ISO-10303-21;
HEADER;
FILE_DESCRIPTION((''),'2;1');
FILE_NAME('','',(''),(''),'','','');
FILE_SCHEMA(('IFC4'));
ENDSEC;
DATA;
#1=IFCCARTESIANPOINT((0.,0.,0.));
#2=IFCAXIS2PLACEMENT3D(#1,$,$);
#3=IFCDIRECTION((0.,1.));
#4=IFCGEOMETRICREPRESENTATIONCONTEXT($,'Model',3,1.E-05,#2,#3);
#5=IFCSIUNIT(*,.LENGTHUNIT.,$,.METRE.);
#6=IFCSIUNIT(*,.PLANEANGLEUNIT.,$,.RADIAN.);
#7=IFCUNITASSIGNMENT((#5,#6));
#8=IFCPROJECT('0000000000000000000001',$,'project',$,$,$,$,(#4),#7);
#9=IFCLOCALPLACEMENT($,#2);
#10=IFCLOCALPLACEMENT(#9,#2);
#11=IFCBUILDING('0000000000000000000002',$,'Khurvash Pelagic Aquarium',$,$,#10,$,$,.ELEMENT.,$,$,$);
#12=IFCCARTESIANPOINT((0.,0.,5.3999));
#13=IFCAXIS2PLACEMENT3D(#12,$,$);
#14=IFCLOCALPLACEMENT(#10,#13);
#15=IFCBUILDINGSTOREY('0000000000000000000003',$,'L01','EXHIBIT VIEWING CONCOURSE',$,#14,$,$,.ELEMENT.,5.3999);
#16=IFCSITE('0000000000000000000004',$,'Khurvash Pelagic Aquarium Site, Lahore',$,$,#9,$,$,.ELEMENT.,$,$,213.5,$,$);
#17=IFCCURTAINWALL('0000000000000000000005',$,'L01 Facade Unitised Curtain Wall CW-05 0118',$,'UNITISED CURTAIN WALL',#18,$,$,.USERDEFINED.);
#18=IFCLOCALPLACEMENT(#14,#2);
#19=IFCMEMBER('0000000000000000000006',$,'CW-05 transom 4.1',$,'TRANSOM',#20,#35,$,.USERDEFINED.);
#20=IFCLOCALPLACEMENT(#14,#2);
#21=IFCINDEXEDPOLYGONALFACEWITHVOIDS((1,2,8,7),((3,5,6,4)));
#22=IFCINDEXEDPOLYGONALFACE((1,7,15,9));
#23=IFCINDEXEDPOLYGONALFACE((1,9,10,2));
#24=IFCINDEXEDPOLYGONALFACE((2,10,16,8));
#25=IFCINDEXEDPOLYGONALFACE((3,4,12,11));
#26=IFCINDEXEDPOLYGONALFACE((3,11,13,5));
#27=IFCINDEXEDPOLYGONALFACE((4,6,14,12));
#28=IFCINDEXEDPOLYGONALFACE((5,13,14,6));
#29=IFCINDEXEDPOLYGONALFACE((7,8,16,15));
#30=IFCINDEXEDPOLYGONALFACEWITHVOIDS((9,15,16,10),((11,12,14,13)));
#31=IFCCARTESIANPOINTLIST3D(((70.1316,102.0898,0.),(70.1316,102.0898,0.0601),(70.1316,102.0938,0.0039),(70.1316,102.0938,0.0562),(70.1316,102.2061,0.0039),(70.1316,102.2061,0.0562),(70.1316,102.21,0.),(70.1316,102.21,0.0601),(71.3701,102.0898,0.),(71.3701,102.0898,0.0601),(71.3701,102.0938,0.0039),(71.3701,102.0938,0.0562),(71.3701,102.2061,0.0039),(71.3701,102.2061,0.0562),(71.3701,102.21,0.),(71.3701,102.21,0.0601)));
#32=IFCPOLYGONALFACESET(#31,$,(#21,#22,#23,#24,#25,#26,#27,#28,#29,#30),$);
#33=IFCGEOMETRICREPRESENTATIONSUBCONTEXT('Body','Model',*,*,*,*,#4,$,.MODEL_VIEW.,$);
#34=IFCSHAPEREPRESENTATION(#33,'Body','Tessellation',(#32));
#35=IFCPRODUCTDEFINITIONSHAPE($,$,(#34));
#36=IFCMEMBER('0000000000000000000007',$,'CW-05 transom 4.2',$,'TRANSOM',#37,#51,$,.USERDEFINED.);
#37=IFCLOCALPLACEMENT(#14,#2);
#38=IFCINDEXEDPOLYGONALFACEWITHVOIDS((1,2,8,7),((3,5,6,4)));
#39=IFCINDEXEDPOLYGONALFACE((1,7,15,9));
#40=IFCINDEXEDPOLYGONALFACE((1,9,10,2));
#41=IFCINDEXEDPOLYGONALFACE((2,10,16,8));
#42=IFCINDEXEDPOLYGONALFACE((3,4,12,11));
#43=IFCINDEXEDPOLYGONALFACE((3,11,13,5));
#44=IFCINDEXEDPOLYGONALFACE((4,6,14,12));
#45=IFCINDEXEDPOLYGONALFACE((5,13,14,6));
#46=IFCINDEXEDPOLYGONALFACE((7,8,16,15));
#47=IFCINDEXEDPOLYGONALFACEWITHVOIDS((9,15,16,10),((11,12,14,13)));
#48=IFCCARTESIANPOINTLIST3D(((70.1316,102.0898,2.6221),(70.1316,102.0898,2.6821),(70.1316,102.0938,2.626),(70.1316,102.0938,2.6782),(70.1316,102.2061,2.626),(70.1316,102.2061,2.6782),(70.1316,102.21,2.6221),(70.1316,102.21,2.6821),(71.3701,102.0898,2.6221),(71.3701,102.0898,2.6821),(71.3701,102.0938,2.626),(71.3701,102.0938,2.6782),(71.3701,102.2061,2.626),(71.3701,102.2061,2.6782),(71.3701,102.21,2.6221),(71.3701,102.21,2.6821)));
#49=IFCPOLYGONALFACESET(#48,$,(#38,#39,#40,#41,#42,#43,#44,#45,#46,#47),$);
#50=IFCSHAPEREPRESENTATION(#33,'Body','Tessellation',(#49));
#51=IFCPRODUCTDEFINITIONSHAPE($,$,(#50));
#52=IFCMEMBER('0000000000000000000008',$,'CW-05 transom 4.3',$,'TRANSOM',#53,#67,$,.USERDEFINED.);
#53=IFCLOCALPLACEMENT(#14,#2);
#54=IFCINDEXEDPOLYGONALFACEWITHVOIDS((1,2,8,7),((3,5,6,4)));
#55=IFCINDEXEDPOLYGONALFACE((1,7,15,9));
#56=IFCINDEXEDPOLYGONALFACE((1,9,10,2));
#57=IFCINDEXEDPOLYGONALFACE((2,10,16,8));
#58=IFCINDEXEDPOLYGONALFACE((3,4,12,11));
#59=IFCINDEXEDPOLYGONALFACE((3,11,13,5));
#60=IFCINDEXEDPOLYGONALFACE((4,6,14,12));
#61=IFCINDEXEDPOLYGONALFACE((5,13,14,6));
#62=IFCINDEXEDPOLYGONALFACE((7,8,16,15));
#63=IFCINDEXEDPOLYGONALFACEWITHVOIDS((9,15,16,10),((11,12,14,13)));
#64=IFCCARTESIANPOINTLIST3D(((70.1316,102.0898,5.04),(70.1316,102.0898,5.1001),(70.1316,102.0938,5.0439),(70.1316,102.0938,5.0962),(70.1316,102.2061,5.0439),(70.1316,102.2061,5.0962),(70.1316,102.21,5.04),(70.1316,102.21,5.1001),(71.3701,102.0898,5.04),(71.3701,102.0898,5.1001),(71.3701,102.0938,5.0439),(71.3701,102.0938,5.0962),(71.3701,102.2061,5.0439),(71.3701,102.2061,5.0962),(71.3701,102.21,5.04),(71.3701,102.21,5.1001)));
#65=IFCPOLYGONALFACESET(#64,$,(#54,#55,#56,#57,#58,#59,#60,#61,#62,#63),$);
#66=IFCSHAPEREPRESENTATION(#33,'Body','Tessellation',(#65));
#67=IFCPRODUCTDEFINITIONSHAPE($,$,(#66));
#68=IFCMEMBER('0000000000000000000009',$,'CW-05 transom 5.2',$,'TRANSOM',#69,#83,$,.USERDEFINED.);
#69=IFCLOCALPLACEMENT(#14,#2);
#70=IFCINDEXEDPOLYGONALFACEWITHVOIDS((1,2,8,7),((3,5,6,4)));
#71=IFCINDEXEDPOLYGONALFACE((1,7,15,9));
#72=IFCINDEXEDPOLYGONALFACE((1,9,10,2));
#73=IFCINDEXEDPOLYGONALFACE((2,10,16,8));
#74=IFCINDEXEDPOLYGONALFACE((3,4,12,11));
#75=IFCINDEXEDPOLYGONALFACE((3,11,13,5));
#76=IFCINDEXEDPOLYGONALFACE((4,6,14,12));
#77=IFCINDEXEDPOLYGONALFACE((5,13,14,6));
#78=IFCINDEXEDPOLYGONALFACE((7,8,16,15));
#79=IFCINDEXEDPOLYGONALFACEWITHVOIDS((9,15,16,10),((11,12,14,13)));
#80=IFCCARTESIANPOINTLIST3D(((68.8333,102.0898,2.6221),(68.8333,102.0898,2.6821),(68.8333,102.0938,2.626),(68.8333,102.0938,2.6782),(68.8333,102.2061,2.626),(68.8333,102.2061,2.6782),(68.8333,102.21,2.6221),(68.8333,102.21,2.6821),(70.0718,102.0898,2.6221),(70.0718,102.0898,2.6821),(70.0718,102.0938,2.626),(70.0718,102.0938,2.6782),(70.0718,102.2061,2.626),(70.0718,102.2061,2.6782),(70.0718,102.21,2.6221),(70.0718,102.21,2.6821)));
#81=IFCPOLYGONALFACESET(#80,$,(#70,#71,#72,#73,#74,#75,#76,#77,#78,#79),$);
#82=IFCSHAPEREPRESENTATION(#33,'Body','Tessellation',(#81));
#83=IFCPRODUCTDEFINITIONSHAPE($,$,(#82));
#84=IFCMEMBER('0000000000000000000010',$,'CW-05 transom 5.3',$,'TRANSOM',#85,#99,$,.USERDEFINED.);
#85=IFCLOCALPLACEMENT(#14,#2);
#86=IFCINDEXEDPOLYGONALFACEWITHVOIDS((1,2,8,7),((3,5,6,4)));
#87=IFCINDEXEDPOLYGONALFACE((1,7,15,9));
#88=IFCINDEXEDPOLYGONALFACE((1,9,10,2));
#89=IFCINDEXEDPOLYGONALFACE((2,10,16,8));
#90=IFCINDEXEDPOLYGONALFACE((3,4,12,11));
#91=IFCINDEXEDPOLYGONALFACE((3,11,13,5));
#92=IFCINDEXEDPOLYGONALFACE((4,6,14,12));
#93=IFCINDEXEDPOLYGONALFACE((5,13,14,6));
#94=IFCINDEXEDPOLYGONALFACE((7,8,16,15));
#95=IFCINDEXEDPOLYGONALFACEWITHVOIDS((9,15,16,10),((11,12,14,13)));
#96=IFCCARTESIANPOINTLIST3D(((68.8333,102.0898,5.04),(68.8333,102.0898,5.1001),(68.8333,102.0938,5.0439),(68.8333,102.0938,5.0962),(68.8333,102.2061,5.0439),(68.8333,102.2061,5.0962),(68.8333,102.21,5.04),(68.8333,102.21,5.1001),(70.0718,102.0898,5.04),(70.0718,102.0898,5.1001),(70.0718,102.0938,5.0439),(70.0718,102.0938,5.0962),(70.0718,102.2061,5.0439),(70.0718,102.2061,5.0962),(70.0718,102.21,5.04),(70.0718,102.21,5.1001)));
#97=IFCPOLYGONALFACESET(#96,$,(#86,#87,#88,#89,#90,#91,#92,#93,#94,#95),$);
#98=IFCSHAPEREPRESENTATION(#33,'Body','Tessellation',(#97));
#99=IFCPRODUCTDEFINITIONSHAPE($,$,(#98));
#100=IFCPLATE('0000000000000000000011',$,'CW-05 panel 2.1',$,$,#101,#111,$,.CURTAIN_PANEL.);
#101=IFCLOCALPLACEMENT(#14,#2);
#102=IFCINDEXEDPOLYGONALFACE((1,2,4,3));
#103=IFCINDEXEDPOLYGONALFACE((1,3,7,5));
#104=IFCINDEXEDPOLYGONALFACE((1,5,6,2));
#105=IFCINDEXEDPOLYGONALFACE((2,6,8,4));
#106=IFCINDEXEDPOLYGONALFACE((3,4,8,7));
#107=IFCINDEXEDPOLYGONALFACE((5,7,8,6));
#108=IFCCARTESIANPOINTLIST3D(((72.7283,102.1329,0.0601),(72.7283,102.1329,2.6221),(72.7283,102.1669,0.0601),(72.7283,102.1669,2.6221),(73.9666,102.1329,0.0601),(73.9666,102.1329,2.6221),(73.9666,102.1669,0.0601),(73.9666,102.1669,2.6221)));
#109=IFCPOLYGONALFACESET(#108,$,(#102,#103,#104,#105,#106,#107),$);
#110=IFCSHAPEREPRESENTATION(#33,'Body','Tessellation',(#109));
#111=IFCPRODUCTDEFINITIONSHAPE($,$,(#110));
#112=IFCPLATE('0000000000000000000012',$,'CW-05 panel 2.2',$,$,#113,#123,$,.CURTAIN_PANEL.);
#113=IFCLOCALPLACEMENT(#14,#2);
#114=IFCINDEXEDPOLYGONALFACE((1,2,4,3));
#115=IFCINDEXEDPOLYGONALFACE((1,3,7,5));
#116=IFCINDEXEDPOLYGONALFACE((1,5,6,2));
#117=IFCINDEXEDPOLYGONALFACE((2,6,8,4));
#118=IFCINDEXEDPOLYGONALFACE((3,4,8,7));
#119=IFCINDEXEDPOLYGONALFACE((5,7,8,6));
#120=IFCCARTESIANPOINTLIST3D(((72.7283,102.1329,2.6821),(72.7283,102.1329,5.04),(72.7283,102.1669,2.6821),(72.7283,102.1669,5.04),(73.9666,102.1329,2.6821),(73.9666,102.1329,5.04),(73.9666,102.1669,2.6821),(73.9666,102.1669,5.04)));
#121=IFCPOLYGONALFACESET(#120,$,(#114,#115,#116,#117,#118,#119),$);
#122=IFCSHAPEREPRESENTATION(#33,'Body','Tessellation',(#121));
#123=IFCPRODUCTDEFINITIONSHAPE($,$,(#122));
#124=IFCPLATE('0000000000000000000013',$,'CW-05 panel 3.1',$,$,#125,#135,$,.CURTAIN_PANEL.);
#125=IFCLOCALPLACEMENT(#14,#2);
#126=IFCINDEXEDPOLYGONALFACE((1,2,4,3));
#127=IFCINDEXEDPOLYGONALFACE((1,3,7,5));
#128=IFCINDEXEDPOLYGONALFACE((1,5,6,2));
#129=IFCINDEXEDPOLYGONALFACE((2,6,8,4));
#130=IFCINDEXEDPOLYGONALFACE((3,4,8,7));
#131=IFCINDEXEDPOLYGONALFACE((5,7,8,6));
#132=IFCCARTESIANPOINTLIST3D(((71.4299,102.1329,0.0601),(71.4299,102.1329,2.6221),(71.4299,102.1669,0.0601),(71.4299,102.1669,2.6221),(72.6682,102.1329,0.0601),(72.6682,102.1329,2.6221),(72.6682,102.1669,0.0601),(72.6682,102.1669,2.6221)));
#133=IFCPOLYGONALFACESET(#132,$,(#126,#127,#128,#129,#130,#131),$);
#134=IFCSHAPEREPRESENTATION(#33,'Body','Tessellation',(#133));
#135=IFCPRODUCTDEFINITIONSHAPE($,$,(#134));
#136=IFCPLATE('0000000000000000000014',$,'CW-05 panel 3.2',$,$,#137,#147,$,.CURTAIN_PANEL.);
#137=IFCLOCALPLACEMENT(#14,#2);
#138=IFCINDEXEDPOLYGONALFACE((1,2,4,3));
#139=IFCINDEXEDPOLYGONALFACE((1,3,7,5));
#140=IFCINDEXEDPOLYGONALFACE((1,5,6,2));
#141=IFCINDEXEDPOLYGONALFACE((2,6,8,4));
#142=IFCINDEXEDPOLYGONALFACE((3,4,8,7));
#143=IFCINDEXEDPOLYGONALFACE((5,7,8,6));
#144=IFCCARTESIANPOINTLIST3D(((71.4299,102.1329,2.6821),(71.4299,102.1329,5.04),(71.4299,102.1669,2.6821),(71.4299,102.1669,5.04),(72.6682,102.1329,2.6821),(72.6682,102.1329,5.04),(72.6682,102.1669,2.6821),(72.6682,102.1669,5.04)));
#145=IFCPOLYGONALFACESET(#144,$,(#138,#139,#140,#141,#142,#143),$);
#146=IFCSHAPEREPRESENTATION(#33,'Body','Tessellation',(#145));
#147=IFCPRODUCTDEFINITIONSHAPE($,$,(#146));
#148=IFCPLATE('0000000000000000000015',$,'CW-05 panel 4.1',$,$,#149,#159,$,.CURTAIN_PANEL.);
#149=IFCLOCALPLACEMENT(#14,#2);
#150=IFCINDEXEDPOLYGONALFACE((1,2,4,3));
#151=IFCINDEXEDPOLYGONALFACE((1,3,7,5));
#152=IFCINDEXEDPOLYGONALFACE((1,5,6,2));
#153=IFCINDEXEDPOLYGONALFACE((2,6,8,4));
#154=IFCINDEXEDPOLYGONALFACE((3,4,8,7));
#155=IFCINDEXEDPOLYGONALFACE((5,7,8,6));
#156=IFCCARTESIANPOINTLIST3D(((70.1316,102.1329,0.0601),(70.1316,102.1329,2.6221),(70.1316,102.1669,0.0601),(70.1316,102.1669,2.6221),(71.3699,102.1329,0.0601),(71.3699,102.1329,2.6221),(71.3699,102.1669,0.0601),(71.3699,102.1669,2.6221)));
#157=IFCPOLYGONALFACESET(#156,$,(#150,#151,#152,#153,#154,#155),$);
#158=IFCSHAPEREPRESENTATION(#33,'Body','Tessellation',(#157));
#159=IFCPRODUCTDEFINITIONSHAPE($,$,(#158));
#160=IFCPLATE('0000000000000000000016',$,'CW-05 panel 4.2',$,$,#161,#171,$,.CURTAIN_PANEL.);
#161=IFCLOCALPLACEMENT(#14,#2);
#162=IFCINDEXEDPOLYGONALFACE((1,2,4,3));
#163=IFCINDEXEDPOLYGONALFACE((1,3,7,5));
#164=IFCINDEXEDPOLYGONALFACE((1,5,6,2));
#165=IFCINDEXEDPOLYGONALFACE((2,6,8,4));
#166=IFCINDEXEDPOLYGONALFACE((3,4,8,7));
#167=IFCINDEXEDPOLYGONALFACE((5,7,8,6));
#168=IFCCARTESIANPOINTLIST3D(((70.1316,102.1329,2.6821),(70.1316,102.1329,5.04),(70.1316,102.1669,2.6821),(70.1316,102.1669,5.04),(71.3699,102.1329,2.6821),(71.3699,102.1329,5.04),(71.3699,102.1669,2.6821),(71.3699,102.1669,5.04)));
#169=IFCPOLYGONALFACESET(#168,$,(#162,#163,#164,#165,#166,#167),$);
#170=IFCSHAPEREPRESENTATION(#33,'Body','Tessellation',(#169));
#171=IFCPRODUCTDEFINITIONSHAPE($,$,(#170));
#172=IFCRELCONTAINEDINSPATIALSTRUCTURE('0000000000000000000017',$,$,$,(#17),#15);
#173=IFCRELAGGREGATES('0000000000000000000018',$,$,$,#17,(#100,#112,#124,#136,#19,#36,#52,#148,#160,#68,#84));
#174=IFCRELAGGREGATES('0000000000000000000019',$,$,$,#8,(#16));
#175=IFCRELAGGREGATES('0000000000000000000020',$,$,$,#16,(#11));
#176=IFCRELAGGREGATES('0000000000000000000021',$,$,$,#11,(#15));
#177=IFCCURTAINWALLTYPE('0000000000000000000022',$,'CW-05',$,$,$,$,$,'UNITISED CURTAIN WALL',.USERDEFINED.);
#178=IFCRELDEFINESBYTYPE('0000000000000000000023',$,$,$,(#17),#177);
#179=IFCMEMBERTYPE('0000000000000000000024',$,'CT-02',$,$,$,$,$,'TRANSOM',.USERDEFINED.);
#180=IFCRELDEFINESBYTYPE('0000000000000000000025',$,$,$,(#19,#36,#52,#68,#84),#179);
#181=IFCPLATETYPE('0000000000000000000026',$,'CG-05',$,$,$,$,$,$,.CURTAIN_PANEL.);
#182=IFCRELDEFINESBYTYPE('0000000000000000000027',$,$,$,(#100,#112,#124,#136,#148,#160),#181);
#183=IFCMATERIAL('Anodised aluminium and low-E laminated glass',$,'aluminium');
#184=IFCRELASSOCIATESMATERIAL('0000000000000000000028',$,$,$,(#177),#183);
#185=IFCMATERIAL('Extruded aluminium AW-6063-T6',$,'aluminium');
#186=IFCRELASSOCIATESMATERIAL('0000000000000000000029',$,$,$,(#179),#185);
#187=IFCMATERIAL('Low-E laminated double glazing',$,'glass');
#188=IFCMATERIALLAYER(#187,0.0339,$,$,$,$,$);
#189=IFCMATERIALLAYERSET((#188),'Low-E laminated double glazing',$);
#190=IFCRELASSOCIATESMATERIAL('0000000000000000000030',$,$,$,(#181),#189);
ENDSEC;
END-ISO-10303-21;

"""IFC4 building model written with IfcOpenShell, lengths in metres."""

from ifc_helpers import new_model, si_unit, direction, frame, origin, origin_2d, place, context, subcontext, project, spatial, rectangle, hollow_rectangle, extrude, material, layer, layer_set, material_profile, profile_set, type_object, element, aggregate, save


model = new_model("IFC4")

# Units and contexts
model_context = context("Model", 3, precision=1e-05, world=origin(), true_north=direction((0.0, 1.0)))
body_context = subcontext(model_context, "Body", "Model", "MODEL_VIEW")
ifc_project = project(units=[si_unit("LENGTHUNIT", "METRE"), si_unit("PLANEANGLEUNIT", "RADIAN")], contexts=[model_context])

# Site, building, storey
site_placement = place(None, origin())
site = spatial("IfcSite", under=ifc_project, at=site_placement, Name="Khurvash Pelagic Aquarium Site, Lahore", CompositionType="ELEMENT", RefElevation=213.5)
building_placement = place(site_placement, origin())
building = spatial("IfcBuilding", under=site, at=building_placement, Name="Khurvash Pelagic Aquarium", CompositionType="ELEMENT")
storey_placement = place(building_placement, frame((0.0, 0.0, 5.3999)))
storey = spatial("IfcBuildingStorey", under=building, at=storey_placement, Name="L01", Description="EXHIBIT VIEWING CONCOURSE", CompositionType="ELEMENT", Elevation=5.3999)

# Curtain wall, members, plates
ifc_material_1 = material(Name="Anodised aluminium and low-E laminated glass", Category="aluminium")
curtain_wall_type = type_object("IfcCurtainWallType", Name="CW-05", ElementType="UNITISED CURTAIN WALL", PredefinedType="USERDEFINED", material=ifc_material_1)
curtain_wall_placement = place(storey_placement, origin())
curtain_wall = element("IfcCurtainWall", 1, at=curtain_wall_placement, inside=storey, type_object=curtain_wall_type, Name="L01 Facade Unitised Curtain Wall CW-05 0118", ObjectType="UNITISED CURTAIN WALL", PredefinedType="USERDEFINED")
ifc_material_2 = material(Name="Extruded aluminium AW-6063-T6", Category="aluminium")
ifc_material_profile_1 = material_profile(ifc_material_2, hollow_rectangle(XDim=0.1201, YDim=0.0601, WallThickness=0.0039, at=origin_2d()), Name="CWT120X60X4")
ifc_profile_set_1 = profile_set([ifc_material_profile_1], Name="Extruded aluminium AW-6063-T6")
member_type_1 = type_object("IfcMemberType", Name="CT-02", ElementType="TRANSOM", PredefinedType="USERDEFINED", material=ifc_profile_set_1)
member_1_placement = place(storey_placement, frame((71.3701, 102.1499, 0.03), z_axis=(-1.0, 0.0, 0.0), x_axis=(0.0, -1.0, 0.0)))
member_1 = element("IfcMember", 2, at=member_1_placement, type_object=member_type_1, Name="CW-05 transom 4.1", ObjectType="TRANSOM", PredefinedType="USERDEFINED", context=body_context, shape_type="SweptSolid", body=[
    extrude(hollow_rectangle(XDim=0.1201, YDim=0.0601, WallThickness=0.0039, at=origin_2d()), origin(), (0.0, 0.0, 1.0), 1.2385),
])
member_2_placement = place(storey_placement, frame((71.3701, 102.1499, 2.6521), z_axis=(-1.0, 0.0, 0.0), x_axis=(0.0, -1.0, 0.0)))
member_2 = element("IfcMember", 3, at=member_2_placement, type_object=member_type_1, Name="CW-05 transom 4.2", ObjectType="TRANSOM", PredefinedType="USERDEFINED", context=body_context, shape_type="SweptSolid", body=[
    extrude(hollow_rectangle(XDim=0.1201, YDim=0.0601, WallThickness=0.0039, at=origin_2d()), origin(), (0.0, 0.0, 1.0), 1.2385),
])
member_3_placement = place(storey_placement, frame((71.3701, 102.1499, 5.0701), z_axis=(-1.0, 0.0, 0.0), x_axis=(0.0, -1.0, 0.0)))
member_3 = element("IfcMember", 4, at=member_3_placement, type_object=member_type_1, Name="CW-05 transom 4.3", ObjectType="TRANSOM", PredefinedType="USERDEFINED", context=body_context, shape_type="SweptSolid", body=[
    extrude(hollow_rectangle(XDim=0.1201, YDim=0.0601, WallThickness=0.0039, at=origin_2d()), origin(), (0.0, 0.0, 1.0), 1.2385),
])
member_4_placement = place(storey_placement, frame((70.0718, 102.1499, 2.6521), z_axis=(-1.0, 0.0, 0.0), x_axis=(0.0, -1.0, 0.0)))
member_4 = element("IfcMember", 5, at=member_4_placement, type_object=member_type_1, Name="CW-05 transom 5.2", ObjectType="TRANSOM", PredefinedType="USERDEFINED", context=body_context, shape_type="SweptSolid", body=[
    extrude(hollow_rectangle(XDim=0.1201, YDim=0.0601, WallThickness=0.0039, at=origin_2d()), origin(), (0.0, 0.0, 1.0), 1.2385),
])
member_5_placement = place(storey_placement, frame((70.0718, 102.1499, 5.0701), z_axis=(-1.0, 0.0, 0.0), x_axis=(0.0, -1.0, 0.0)))
member_5 = element("IfcMember", 6, at=member_5_placement, type_object=member_type_1, Name="CW-05 transom 5.3", ObjectType="TRANSOM", PredefinedType="USERDEFINED", context=body_context, shape_type="SweptSolid", body=[
    extrude(hollow_rectangle(XDim=0.1201, YDim=0.0601, WallThickness=0.0039, at=origin_2d()), origin(), (0.0, 0.0, 1.0), 1.2385),
])
ifc_material_3 = material(Name="Low-E laminated double glazing", Category="glass")
ifc_layer = layer(ifc_material_3, 0.0339)
ifc_layer_set = layer_set([ifc_layer], Name="Low-E laminated double glazing")
plate_type = type_object("IfcPlateType", Name="CG-05", PredefinedType="CURTAIN_PANEL", material=ifc_layer_set)
plate_1_placement = place(storey_placement, frame((73.3474, 102.1499, 0.0601), z_axis=(0.0, 0.0, 1.0), x_axis=(-1.0, 0.0, 0.0)))
plate_1 = element("IfcPlate", 7, at=plate_1_placement, type_object=plate_type, Name="CW-05 panel 2.1", PredefinedType="CURTAIN_PANEL", context=body_context, shape_type="SweptSolid", body=[
    extrude(rectangle(XDim=1.2383, YDim=0.0339, at=origin_2d()), origin(), (0.0, 0.0, 1.0), 2.562),
])
plate_2_placement = place(storey_placement, frame((73.3474, 102.1499, 2.6821), z_axis=(0.0, 0.0, 1.0), x_axis=(-1.0, 0.0, 0.0)))
plate_2 = element("IfcPlate", 8, at=plate_2_placement, type_object=plate_type, Name="CW-05 panel 2.2", PredefinedType="CURTAIN_PANEL", context=body_context, shape_type="SweptSolid", body=[
    extrude(rectangle(XDim=1.2383, YDim=0.0339, at=origin_2d()), origin(), (0.0, 0.0, 1.0), 2.3579),
])
plate_3_placement = place(storey_placement, frame((72.0491, 102.1499, 0.0601), z_axis=(0.0, 0.0, 1.0), x_axis=(-1.0, 0.0, 0.0)))
plate_3 = element("IfcPlate", 9, at=plate_3_placement, type_object=plate_type, Name="CW-05 panel 3.1", PredefinedType="CURTAIN_PANEL", context=body_context, shape_type="SweptSolid", body=[
    extrude(rectangle(XDim=1.2383, YDim=0.0339, at=origin_2d()), origin(), (0.0, 0.0, 1.0), 2.562),
])
plate_4_placement = place(storey_placement, frame((72.0491, 102.1499, 2.6821), z_axis=(0.0, 0.0, 1.0), x_axis=(-1.0, 0.0, 0.0)))
plate_4 = element("IfcPlate", 10, at=plate_4_placement, type_object=plate_type, Name="CW-05 panel 3.2", PredefinedType="CURTAIN_PANEL", context=body_context, shape_type="SweptSolid", body=[
    extrude(rectangle(XDim=1.2383, YDim=0.0339, at=origin_2d()), origin(), (0.0, 0.0, 1.0), 2.3579),
])
plate_5_placement = place(storey_placement, frame((70.7507, 102.1499, 0.0601), z_axis=(0.0, 0.0, 1.0), x_axis=(-1.0, 0.0, 0.0)))
plate_5 = element("IfcPlate", 11, at=plate_5_placement, type_object=plate_type, Name="CW-05 panel 4.1", PredefinedType="CURTAIN_PANEL", context=body_context, shape_type="SweptSolid", body=[
    extrude(rectangle(XDim=1.2383, YDim=0.0339, at=origin_2d()), origin(), (0.0, 0.0, 1.0), 2.562),
])
plate_6_placement = place(storey_placement, frame((70.7507, 102.1499, 2.6821), z_axis=(0.0, 0.0, 1.0), x_axis=(-1.0, 0.0, 0.0)))
plate_6 = element("IfcPlate", 12, at=plate_6_placement, type_object=plate_type, Name="CW-05 panel 4.2", PredefinedType="CURTAIN_PANEL", context=body_context, shape_type="SweptSolid", body=[
    extrude(rectangle(XDim=1.2383, YDim=0.0339, at=origin_2d()), origin(), (0.0, 0.0, 1.0), 2.3579),
])
aggregate(curtain_wall, [plate_1, plate_2, plate_3, plate_4, member_1, member_2, member_3, plate_5, plate_6, member_4, member_5])

save(model, "model.ifc")
